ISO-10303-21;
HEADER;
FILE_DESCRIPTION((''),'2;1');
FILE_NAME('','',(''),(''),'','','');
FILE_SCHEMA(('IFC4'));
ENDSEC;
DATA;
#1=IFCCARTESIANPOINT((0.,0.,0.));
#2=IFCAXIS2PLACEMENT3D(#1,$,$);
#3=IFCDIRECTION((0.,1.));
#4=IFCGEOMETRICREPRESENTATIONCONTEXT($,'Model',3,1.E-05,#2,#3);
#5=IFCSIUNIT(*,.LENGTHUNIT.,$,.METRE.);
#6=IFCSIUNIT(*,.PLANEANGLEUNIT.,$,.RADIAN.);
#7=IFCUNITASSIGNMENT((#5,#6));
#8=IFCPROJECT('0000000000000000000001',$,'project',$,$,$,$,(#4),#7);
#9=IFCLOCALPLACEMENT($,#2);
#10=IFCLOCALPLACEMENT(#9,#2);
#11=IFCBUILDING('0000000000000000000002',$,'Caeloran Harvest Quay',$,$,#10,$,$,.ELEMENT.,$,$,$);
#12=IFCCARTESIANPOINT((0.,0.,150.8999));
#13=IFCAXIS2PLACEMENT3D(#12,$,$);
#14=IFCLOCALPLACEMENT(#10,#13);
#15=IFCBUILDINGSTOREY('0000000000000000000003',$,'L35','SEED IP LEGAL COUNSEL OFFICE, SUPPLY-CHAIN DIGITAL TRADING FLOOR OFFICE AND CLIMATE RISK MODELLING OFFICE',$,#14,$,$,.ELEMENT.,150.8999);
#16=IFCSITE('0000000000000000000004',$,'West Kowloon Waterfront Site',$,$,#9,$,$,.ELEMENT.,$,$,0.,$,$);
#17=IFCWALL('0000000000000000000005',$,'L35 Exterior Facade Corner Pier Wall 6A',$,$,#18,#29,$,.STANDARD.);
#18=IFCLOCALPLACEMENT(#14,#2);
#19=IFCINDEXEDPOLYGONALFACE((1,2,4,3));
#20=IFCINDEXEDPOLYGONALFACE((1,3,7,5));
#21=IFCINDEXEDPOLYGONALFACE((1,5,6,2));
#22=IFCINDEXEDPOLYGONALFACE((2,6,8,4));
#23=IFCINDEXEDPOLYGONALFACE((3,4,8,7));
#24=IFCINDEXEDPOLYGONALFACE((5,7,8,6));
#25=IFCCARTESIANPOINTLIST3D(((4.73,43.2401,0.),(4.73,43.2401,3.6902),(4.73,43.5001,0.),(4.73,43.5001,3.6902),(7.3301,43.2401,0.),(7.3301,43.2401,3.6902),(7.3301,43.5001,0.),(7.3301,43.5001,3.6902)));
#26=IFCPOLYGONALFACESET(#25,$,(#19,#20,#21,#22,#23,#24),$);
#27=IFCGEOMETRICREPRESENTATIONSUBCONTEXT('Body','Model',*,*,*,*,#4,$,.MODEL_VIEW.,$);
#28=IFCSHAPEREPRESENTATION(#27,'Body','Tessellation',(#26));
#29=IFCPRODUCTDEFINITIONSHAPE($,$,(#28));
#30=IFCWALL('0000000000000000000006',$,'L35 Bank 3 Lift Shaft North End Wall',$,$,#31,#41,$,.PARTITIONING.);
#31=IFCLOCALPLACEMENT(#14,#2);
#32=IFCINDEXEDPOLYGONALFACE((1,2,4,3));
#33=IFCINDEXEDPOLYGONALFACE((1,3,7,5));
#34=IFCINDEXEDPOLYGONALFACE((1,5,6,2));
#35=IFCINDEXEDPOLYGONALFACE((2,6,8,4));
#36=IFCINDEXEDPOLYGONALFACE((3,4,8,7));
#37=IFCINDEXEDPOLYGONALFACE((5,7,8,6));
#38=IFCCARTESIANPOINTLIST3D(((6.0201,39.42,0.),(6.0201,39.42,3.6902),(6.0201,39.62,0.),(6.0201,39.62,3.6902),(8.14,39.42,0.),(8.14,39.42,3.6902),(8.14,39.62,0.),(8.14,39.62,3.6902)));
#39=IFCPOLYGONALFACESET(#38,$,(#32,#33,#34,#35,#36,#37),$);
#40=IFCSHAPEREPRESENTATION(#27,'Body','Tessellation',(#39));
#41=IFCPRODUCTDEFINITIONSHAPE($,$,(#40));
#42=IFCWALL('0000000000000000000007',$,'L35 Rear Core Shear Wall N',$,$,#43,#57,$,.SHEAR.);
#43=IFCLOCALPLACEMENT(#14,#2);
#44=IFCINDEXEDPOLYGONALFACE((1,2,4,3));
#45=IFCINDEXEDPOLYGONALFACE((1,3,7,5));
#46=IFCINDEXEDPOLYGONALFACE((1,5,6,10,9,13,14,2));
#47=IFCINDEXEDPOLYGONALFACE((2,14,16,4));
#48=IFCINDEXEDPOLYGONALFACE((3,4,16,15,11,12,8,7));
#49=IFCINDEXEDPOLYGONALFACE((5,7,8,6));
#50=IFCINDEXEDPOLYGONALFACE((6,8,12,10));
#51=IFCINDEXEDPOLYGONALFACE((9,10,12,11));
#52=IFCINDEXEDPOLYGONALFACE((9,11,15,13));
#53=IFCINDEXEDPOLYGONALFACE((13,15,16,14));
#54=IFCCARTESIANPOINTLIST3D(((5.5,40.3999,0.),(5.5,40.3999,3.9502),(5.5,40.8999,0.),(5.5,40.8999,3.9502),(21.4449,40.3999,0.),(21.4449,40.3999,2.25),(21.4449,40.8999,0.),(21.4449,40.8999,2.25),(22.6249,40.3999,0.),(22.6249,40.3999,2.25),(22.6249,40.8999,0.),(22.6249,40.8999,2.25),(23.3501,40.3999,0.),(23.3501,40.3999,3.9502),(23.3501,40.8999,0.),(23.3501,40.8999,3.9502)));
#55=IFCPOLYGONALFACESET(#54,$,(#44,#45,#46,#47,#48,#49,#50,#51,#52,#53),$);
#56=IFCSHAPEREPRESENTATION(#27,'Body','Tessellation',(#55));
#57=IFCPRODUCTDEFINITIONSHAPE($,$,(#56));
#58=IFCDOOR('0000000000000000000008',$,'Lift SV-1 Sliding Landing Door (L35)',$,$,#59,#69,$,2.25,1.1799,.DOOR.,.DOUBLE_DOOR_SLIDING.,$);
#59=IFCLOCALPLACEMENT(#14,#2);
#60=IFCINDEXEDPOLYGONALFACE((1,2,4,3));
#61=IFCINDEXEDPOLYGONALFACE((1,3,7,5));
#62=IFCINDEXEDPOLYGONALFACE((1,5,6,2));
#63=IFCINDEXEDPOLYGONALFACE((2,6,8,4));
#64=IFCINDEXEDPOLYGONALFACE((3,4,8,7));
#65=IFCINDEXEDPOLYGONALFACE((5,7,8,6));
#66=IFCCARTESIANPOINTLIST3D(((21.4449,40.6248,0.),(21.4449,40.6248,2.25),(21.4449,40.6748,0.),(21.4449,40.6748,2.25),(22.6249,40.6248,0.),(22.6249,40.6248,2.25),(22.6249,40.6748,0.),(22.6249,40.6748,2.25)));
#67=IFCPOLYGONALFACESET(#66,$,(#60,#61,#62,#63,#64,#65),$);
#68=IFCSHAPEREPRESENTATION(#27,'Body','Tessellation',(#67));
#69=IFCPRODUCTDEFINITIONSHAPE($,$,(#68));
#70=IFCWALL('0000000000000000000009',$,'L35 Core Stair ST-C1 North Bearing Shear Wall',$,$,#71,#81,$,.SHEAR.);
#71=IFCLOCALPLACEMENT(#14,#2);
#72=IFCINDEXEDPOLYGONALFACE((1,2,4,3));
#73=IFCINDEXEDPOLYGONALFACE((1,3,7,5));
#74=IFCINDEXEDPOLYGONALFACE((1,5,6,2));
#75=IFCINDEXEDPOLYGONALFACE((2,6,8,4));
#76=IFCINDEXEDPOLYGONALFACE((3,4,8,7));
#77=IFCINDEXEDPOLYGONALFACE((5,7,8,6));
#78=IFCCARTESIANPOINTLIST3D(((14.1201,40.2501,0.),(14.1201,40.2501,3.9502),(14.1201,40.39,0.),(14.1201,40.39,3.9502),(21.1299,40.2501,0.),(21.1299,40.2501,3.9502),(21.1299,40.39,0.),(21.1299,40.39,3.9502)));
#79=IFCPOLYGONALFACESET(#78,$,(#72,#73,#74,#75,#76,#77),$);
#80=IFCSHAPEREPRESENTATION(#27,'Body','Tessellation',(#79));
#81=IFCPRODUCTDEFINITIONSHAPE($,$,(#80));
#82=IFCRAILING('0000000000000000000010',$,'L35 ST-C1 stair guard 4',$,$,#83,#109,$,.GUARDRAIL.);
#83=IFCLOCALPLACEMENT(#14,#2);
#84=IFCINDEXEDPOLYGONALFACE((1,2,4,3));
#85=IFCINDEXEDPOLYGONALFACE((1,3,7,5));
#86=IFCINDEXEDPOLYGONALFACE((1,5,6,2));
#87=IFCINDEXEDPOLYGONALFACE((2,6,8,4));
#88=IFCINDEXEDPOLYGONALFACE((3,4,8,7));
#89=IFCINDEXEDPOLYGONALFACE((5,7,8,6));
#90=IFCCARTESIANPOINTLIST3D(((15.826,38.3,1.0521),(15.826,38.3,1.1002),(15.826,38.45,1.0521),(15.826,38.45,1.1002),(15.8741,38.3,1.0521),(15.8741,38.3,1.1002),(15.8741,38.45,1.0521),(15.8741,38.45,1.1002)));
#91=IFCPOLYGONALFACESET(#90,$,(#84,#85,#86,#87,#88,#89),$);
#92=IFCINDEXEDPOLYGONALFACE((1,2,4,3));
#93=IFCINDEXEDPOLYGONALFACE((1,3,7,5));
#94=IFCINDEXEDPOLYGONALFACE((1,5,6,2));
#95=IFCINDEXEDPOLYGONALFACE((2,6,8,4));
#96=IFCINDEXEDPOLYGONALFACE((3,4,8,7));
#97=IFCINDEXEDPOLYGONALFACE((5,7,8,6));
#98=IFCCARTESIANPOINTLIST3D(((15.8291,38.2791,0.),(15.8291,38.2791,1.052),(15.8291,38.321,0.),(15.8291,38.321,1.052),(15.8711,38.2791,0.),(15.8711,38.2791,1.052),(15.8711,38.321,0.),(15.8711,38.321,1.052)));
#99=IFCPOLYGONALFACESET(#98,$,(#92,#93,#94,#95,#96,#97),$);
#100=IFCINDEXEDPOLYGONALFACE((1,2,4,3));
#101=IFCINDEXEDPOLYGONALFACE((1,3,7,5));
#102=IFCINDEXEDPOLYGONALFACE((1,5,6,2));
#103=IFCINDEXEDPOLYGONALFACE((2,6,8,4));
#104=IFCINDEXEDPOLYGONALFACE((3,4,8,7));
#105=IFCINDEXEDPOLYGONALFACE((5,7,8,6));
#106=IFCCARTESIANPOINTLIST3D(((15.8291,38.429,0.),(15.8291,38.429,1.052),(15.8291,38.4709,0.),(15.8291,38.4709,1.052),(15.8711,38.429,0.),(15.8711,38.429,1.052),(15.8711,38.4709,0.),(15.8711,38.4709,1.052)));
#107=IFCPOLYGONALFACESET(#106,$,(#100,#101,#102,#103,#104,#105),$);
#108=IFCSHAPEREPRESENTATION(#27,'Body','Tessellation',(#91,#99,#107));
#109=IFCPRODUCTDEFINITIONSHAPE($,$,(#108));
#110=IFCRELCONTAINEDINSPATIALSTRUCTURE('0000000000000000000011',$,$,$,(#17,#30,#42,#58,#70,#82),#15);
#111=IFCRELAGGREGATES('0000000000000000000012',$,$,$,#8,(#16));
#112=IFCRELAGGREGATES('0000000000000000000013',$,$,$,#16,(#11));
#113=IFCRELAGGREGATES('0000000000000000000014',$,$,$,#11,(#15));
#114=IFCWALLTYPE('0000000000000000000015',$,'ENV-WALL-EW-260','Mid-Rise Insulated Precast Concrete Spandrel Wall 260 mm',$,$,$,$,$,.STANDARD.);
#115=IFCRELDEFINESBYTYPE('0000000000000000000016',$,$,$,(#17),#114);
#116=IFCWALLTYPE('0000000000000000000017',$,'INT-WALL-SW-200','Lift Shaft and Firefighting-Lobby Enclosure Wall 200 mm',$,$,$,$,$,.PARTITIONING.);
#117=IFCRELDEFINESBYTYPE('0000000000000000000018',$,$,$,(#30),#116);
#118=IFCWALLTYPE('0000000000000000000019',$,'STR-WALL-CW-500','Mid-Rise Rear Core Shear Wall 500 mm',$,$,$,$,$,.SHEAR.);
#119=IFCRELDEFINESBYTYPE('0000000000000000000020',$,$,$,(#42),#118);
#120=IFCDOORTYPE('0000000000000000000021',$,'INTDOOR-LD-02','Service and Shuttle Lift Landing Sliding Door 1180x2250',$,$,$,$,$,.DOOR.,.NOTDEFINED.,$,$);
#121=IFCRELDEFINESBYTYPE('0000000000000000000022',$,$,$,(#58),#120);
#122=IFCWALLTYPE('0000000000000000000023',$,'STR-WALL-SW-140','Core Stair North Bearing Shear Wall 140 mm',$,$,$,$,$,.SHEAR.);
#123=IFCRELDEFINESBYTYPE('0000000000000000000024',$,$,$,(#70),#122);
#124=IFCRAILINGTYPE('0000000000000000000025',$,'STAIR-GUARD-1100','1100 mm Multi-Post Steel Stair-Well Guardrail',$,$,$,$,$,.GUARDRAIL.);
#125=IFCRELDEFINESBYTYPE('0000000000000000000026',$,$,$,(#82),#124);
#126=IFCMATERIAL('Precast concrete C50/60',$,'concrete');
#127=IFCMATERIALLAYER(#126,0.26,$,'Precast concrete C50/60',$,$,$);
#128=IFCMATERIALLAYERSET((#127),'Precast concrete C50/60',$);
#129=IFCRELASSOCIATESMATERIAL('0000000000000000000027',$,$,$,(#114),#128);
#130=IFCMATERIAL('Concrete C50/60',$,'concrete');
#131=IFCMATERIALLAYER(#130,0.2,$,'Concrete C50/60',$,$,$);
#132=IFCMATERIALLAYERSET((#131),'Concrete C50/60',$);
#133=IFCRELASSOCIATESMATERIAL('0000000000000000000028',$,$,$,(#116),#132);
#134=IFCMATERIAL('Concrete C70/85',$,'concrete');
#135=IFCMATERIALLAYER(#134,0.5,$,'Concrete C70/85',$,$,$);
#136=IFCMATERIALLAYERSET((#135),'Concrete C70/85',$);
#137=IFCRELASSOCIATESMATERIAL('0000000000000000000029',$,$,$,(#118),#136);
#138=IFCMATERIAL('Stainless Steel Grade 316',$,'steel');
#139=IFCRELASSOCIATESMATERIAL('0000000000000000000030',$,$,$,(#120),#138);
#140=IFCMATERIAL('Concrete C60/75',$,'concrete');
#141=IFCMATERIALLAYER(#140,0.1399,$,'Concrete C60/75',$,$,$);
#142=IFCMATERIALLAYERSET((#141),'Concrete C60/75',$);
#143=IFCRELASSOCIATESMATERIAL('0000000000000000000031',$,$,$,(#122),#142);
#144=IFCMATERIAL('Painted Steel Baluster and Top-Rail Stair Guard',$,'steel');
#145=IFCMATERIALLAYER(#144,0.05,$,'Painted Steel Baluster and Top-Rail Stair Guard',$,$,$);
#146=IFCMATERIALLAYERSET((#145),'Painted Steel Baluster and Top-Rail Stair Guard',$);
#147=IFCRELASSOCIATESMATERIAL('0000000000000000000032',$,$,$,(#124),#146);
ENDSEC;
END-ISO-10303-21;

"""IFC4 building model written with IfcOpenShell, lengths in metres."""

from ifc_helpers import new_model, si_unit, direction, frame, frame_2d, origin, origin_2d, place, context, subcontext, project, spatial, rectangle, extrude, material, layer, layer_set, type_object, element, fill, save


model = new_model("IFC4")

# Units and contexts
model_context = context("Model", 3, precision=1e-05, world=origin(), true_north=direction((0.0, 1.0)))
body_context = subcontext(model_context, "Body", "Model", "MODEL_VIEW")
ifc_project = project(units=[si_unit("LENGTHUNIT", "METRE"), si_unit("PLANEANGLEUNIT", "RADIAN")], contexts=[model_context])

# Site, building, storey
site_placement = place(None, origin())
site = spatial("IfcSite", under=ifc_project, at=site_placement, Name="West Kowloon Waterfront Site", CompositionType="ELEMENT", RefElevation=0.0)
building_placement = place(site_placement, origin())
building = spatial("IfcBuilding", under=site, at=building_placement, Name="Caeloran Harvest Quay", CompositionType="ELEMENT")
storey_placement = place(building_placement, frame((0.0, 0.0, 150.8999)))
storey = spatial("IfcBuildingStorey", under=building, at=storey_placement, Name="L35", Description="SEED IP LEGAL COUNSEL OFFICE, SUPPLY-CHAIN DIGITAL TRADING FLOOR OFFICE AND CLIMATE RISK MODELLING OFFICE", CompositionType="ELEMENT", Elevation=150.8999)

# Walls
ifc_material_1 = material(Name="Precast concrete C50/60", Category="concrete")
ifc_layer_1 = layer(ifc_material_1, 0.26, Name="Precast concrete C50/60")
ifc_layer_set_1 = layer_set([ifc_layer_1], Name="Precast concrete C50/60")
wall_type_1 = type_object("IfcWallType", Name="ENV-WALL-EW-260", Description="Mid-Rise Insulated Precast Concrete Spandrel Wall 260 mm", PredefinedType="STANDARD", material=ifc_layer_set_1)
wall_1_placement = place(storey_placement, frame((4.73, 43.3701, 0.0), z_axis=(0.0, 0.0, 1.0), x_axis=(1.0, 0.0, 0.0)))
element("IfcWall", 1, at=wall_1_placement, inside=storey, type_object=wall_type_1, Name="L35 Exterior Facade Corner Pier Wall 6A", PredefinedType="STANDARD", context=body_context, shape_type="SweptSolid", body=[
    extrude(rectangle(XDim=2.6001, YDim=0.26, at=frame_2d((1.3, 0.0))), origin(), (0.0, 0.0, 1.0), 3.6902),
])
ifc_material_2 = material(Name="Concrete C50/60", Category="concrete")
ifc_layer_2 = layer(ifc_material_2, 0.2, Name="Concrete C50/60")
ifc_layer_set_2 = layer_set([ifc_layer_2], Name="Concrete C50/60")
wall_type_2 = type_object("IfcWallType", Name="INT-WALL-SW-200", Description="Lift Shaft and Firefighting-Lobby Enclosure Wall 200 mm", PredefinedType="PARTITIONING", material=ifc_layer_set_2)
wall_2_placement = place(storey_placement, frame((6.02, 39.52, 0.0), z_axis=(0.0, 0.0, 1.0), x_axis=(1.0, 0.0, 0.0)))
element("IfcWall", 2, at=wall_2_placement, inside=storey, type_object=wall_type_2, Name="L35 Bank 3 Lift Shaft North End Wall", PredefinedType="PARTITIONING", context=body_context, shape_type="SweptSolid", body=[
    extrude(rectangle(XDim=2.1199, YDim=0.2, at=frame_2d((1.0601, 0.0))), origin(), (0.0, 0.0, 1.0), 3.6902),
])

# Wall, opening, door
ifc_material_3 = material(Name="Concrete C70/85", Category="concrete")
ifc_layer_3 = layer(ifc_material_3, 0.5, Name="Concrete C70/85")
ifc_layer_set_3 = layer_set([ifc_layer_3], Name="Concrete C70/85")
wall_type_3 = type_object("IfcWallType", Name="STR-WALL-CW-500", Description="Mid-Rise Rear Core Shear Wall 500 mm", PredefinedType="SHEAR", material=ifc_layer_set_3)
wall_3_placement = place(storey_placement, frame((5.5, 40.6499, 0.0), z_axis=(0.0, 0.0, 1.0), x_axis=(1.0, 0.0, 0.0)))
wall_3 = element("IfcWall", 3, at=wall_3_placement, inside=storey, type_object=wall_type_3, Name="L35 Rear Core Shear Wall N", PredefinedType="SHEAR", context=body_context, shape_type="SweptSolid", body=[
    extrude(rectangle(XDim=17.8501, YDim=0.5, at=frame_2d((8.925, 0.0))), origin(), (0.0, 0.0, 1.0), 3.9502),
])
opening_placement = place(wall_3_placement, frame((15.9451, 0.0, 0.0)))
opening = element("IfcOpeningElement", 4, at=opening_placement, cuts=wall_3, PredefinedType="OPENING", context=body_context, shape_type="SweptSolid", body=[
    extrude(rectangle(XDim=1.1799, YDim=2.25, at=frame_2d((0.5898, 1.125))), frame((0.0, 0.26, 0.0), z_axis=(0.0, -1.0, 0.0), x_axis=(1.0, 0.0, 0.0)), (0.0, 0.0, 1.0), 0.52),
])
ifc_material_4 = material(Name="Stainless Steel Grade 316", Category="steel")
door_type = type_object("IfcDoorType", Name="INTDOOR-LD-02", Description="Service and Shuttle Lift Landing Sliding Door 1180x2250", OperationType="NOTDEFINED", PredefinedType="DOOR", material=ifc_material_4)
door_placement = place(opening_placement, origin())
door = element("IfcDoor", 5, at=door_placement, inside=storey, type_object=door_type, Name="Lift SV-1 Sliding Landing Door (L35)", OperationType="DOUBLE_DOOR_SLIDING", OverallHeight=2.25, OverallWidth=1.1799, PredefinedType="DOOR", context=body_context, shape_type="SweptSolid", body=[
    extrude(rectangle(XDim=1.1799, YDim=2.25, at=frame_2d((0.5898, 1.125))), frame((0.0, 0.0249, 0.0), z_axis=(0.0, -1.0, 0.0), x_axis=(1.0, 0.0, 0.0)), (0.0, 0.0, 1.0), 0.05),
])
fill(opening, door)

# Wall
ifc_material_5 = material(Name="Concrete C60/75", Category="concrete")
ifc_layer_4 = layer(ifc_material_5, 0.1399, Name="Concrete C60/75")
ifc_layer_set_4 = layer_set([ifc_layer_4], Name="Concrete C60/75")
wall_type_4 = type_object("IfcWallType", Name="STR-WALL-SW-140", Description="Core Stair North Bearing Shear Wall 140 mm", PredefinedType="SHEAR", material=ifc_layer_set_4)
wall_4_placement = place(storey_placement, frame((14.1201, 40.3201, 0.0), z_axis=(0.0, 0.0, 1.0), x_axis=(1.0, 0.0, 0.0)))
element("IfcWall", 6, at=wall_4_placement, inside=storey, type_object=wall_type_4, Name="L35 Core Stair ST-C1 North Bearing Shear Wall", PredefinedType="SHEAR", context=body_context, shape_type="SweptSolid", body=[
    extrude(rectangle(XDim=7.0098, YDim=0.1399, at=frame_2d((3.5049, 0.0))), origin(), (0.0, 0.0, 1.0), 3.9502),
])

# Railing
ifc_material_6 = material(Name="Painted Steel Baluster and Top-Rail Stair Guard", Category="steel")
ifc_layer_5 = layer(ifc_material_6, 0.05, Name="Painted Steel Baluster and Top-Rail Stair Guard")
ifc_layer_set_5 = layer_set([ifc_layer_5], Name="Painted Steel Baluster and Top-Rail Stair Guard")
railing_type = type_object("IfcRailingType", Name="STAIR-GUARD-1100", Description="1100 mm Multi-Post Steel Stair-Well Guardrail", PredefinedType="GUARDRAIL", material=ifc_layer_set_5)
railing_placement = place(storey_placement, frame((15.8501, 38.3, 0.0)))
element("IfcRailing", 7, at=railing_placement, inside=storey, type_object=railing_type, Name="L35 ST-C1 stair guard 4", PredefinedType="GUARDRAIL", context=body_context, shape_type="SweptSolid", body=[
    extrude(rectangle(XDim=0.0481, YDim=0.0481, at=origin_2d()), frame((0.0, 0.0, 1.0762), z_axis=(0.0, 1.0, 0.0), x_axis=(-1.0, 0.0, 0.0)), (0.0, 0.0, 1.0), 0.1499),
    extrude(rectangle(XDim=0.042, YDim=0.042, at=origin_2d()), origin(), (0.0, 0.0, 1.0), 1.052),
    extrude(rectangle(XDim=0.042, YDim=0.042, at=origin_2d()), frame((0.0, 0.1499, 0.0)), (0.0, 0.0, 1.0), 1.052),
])

save(model, "model.ifc")
